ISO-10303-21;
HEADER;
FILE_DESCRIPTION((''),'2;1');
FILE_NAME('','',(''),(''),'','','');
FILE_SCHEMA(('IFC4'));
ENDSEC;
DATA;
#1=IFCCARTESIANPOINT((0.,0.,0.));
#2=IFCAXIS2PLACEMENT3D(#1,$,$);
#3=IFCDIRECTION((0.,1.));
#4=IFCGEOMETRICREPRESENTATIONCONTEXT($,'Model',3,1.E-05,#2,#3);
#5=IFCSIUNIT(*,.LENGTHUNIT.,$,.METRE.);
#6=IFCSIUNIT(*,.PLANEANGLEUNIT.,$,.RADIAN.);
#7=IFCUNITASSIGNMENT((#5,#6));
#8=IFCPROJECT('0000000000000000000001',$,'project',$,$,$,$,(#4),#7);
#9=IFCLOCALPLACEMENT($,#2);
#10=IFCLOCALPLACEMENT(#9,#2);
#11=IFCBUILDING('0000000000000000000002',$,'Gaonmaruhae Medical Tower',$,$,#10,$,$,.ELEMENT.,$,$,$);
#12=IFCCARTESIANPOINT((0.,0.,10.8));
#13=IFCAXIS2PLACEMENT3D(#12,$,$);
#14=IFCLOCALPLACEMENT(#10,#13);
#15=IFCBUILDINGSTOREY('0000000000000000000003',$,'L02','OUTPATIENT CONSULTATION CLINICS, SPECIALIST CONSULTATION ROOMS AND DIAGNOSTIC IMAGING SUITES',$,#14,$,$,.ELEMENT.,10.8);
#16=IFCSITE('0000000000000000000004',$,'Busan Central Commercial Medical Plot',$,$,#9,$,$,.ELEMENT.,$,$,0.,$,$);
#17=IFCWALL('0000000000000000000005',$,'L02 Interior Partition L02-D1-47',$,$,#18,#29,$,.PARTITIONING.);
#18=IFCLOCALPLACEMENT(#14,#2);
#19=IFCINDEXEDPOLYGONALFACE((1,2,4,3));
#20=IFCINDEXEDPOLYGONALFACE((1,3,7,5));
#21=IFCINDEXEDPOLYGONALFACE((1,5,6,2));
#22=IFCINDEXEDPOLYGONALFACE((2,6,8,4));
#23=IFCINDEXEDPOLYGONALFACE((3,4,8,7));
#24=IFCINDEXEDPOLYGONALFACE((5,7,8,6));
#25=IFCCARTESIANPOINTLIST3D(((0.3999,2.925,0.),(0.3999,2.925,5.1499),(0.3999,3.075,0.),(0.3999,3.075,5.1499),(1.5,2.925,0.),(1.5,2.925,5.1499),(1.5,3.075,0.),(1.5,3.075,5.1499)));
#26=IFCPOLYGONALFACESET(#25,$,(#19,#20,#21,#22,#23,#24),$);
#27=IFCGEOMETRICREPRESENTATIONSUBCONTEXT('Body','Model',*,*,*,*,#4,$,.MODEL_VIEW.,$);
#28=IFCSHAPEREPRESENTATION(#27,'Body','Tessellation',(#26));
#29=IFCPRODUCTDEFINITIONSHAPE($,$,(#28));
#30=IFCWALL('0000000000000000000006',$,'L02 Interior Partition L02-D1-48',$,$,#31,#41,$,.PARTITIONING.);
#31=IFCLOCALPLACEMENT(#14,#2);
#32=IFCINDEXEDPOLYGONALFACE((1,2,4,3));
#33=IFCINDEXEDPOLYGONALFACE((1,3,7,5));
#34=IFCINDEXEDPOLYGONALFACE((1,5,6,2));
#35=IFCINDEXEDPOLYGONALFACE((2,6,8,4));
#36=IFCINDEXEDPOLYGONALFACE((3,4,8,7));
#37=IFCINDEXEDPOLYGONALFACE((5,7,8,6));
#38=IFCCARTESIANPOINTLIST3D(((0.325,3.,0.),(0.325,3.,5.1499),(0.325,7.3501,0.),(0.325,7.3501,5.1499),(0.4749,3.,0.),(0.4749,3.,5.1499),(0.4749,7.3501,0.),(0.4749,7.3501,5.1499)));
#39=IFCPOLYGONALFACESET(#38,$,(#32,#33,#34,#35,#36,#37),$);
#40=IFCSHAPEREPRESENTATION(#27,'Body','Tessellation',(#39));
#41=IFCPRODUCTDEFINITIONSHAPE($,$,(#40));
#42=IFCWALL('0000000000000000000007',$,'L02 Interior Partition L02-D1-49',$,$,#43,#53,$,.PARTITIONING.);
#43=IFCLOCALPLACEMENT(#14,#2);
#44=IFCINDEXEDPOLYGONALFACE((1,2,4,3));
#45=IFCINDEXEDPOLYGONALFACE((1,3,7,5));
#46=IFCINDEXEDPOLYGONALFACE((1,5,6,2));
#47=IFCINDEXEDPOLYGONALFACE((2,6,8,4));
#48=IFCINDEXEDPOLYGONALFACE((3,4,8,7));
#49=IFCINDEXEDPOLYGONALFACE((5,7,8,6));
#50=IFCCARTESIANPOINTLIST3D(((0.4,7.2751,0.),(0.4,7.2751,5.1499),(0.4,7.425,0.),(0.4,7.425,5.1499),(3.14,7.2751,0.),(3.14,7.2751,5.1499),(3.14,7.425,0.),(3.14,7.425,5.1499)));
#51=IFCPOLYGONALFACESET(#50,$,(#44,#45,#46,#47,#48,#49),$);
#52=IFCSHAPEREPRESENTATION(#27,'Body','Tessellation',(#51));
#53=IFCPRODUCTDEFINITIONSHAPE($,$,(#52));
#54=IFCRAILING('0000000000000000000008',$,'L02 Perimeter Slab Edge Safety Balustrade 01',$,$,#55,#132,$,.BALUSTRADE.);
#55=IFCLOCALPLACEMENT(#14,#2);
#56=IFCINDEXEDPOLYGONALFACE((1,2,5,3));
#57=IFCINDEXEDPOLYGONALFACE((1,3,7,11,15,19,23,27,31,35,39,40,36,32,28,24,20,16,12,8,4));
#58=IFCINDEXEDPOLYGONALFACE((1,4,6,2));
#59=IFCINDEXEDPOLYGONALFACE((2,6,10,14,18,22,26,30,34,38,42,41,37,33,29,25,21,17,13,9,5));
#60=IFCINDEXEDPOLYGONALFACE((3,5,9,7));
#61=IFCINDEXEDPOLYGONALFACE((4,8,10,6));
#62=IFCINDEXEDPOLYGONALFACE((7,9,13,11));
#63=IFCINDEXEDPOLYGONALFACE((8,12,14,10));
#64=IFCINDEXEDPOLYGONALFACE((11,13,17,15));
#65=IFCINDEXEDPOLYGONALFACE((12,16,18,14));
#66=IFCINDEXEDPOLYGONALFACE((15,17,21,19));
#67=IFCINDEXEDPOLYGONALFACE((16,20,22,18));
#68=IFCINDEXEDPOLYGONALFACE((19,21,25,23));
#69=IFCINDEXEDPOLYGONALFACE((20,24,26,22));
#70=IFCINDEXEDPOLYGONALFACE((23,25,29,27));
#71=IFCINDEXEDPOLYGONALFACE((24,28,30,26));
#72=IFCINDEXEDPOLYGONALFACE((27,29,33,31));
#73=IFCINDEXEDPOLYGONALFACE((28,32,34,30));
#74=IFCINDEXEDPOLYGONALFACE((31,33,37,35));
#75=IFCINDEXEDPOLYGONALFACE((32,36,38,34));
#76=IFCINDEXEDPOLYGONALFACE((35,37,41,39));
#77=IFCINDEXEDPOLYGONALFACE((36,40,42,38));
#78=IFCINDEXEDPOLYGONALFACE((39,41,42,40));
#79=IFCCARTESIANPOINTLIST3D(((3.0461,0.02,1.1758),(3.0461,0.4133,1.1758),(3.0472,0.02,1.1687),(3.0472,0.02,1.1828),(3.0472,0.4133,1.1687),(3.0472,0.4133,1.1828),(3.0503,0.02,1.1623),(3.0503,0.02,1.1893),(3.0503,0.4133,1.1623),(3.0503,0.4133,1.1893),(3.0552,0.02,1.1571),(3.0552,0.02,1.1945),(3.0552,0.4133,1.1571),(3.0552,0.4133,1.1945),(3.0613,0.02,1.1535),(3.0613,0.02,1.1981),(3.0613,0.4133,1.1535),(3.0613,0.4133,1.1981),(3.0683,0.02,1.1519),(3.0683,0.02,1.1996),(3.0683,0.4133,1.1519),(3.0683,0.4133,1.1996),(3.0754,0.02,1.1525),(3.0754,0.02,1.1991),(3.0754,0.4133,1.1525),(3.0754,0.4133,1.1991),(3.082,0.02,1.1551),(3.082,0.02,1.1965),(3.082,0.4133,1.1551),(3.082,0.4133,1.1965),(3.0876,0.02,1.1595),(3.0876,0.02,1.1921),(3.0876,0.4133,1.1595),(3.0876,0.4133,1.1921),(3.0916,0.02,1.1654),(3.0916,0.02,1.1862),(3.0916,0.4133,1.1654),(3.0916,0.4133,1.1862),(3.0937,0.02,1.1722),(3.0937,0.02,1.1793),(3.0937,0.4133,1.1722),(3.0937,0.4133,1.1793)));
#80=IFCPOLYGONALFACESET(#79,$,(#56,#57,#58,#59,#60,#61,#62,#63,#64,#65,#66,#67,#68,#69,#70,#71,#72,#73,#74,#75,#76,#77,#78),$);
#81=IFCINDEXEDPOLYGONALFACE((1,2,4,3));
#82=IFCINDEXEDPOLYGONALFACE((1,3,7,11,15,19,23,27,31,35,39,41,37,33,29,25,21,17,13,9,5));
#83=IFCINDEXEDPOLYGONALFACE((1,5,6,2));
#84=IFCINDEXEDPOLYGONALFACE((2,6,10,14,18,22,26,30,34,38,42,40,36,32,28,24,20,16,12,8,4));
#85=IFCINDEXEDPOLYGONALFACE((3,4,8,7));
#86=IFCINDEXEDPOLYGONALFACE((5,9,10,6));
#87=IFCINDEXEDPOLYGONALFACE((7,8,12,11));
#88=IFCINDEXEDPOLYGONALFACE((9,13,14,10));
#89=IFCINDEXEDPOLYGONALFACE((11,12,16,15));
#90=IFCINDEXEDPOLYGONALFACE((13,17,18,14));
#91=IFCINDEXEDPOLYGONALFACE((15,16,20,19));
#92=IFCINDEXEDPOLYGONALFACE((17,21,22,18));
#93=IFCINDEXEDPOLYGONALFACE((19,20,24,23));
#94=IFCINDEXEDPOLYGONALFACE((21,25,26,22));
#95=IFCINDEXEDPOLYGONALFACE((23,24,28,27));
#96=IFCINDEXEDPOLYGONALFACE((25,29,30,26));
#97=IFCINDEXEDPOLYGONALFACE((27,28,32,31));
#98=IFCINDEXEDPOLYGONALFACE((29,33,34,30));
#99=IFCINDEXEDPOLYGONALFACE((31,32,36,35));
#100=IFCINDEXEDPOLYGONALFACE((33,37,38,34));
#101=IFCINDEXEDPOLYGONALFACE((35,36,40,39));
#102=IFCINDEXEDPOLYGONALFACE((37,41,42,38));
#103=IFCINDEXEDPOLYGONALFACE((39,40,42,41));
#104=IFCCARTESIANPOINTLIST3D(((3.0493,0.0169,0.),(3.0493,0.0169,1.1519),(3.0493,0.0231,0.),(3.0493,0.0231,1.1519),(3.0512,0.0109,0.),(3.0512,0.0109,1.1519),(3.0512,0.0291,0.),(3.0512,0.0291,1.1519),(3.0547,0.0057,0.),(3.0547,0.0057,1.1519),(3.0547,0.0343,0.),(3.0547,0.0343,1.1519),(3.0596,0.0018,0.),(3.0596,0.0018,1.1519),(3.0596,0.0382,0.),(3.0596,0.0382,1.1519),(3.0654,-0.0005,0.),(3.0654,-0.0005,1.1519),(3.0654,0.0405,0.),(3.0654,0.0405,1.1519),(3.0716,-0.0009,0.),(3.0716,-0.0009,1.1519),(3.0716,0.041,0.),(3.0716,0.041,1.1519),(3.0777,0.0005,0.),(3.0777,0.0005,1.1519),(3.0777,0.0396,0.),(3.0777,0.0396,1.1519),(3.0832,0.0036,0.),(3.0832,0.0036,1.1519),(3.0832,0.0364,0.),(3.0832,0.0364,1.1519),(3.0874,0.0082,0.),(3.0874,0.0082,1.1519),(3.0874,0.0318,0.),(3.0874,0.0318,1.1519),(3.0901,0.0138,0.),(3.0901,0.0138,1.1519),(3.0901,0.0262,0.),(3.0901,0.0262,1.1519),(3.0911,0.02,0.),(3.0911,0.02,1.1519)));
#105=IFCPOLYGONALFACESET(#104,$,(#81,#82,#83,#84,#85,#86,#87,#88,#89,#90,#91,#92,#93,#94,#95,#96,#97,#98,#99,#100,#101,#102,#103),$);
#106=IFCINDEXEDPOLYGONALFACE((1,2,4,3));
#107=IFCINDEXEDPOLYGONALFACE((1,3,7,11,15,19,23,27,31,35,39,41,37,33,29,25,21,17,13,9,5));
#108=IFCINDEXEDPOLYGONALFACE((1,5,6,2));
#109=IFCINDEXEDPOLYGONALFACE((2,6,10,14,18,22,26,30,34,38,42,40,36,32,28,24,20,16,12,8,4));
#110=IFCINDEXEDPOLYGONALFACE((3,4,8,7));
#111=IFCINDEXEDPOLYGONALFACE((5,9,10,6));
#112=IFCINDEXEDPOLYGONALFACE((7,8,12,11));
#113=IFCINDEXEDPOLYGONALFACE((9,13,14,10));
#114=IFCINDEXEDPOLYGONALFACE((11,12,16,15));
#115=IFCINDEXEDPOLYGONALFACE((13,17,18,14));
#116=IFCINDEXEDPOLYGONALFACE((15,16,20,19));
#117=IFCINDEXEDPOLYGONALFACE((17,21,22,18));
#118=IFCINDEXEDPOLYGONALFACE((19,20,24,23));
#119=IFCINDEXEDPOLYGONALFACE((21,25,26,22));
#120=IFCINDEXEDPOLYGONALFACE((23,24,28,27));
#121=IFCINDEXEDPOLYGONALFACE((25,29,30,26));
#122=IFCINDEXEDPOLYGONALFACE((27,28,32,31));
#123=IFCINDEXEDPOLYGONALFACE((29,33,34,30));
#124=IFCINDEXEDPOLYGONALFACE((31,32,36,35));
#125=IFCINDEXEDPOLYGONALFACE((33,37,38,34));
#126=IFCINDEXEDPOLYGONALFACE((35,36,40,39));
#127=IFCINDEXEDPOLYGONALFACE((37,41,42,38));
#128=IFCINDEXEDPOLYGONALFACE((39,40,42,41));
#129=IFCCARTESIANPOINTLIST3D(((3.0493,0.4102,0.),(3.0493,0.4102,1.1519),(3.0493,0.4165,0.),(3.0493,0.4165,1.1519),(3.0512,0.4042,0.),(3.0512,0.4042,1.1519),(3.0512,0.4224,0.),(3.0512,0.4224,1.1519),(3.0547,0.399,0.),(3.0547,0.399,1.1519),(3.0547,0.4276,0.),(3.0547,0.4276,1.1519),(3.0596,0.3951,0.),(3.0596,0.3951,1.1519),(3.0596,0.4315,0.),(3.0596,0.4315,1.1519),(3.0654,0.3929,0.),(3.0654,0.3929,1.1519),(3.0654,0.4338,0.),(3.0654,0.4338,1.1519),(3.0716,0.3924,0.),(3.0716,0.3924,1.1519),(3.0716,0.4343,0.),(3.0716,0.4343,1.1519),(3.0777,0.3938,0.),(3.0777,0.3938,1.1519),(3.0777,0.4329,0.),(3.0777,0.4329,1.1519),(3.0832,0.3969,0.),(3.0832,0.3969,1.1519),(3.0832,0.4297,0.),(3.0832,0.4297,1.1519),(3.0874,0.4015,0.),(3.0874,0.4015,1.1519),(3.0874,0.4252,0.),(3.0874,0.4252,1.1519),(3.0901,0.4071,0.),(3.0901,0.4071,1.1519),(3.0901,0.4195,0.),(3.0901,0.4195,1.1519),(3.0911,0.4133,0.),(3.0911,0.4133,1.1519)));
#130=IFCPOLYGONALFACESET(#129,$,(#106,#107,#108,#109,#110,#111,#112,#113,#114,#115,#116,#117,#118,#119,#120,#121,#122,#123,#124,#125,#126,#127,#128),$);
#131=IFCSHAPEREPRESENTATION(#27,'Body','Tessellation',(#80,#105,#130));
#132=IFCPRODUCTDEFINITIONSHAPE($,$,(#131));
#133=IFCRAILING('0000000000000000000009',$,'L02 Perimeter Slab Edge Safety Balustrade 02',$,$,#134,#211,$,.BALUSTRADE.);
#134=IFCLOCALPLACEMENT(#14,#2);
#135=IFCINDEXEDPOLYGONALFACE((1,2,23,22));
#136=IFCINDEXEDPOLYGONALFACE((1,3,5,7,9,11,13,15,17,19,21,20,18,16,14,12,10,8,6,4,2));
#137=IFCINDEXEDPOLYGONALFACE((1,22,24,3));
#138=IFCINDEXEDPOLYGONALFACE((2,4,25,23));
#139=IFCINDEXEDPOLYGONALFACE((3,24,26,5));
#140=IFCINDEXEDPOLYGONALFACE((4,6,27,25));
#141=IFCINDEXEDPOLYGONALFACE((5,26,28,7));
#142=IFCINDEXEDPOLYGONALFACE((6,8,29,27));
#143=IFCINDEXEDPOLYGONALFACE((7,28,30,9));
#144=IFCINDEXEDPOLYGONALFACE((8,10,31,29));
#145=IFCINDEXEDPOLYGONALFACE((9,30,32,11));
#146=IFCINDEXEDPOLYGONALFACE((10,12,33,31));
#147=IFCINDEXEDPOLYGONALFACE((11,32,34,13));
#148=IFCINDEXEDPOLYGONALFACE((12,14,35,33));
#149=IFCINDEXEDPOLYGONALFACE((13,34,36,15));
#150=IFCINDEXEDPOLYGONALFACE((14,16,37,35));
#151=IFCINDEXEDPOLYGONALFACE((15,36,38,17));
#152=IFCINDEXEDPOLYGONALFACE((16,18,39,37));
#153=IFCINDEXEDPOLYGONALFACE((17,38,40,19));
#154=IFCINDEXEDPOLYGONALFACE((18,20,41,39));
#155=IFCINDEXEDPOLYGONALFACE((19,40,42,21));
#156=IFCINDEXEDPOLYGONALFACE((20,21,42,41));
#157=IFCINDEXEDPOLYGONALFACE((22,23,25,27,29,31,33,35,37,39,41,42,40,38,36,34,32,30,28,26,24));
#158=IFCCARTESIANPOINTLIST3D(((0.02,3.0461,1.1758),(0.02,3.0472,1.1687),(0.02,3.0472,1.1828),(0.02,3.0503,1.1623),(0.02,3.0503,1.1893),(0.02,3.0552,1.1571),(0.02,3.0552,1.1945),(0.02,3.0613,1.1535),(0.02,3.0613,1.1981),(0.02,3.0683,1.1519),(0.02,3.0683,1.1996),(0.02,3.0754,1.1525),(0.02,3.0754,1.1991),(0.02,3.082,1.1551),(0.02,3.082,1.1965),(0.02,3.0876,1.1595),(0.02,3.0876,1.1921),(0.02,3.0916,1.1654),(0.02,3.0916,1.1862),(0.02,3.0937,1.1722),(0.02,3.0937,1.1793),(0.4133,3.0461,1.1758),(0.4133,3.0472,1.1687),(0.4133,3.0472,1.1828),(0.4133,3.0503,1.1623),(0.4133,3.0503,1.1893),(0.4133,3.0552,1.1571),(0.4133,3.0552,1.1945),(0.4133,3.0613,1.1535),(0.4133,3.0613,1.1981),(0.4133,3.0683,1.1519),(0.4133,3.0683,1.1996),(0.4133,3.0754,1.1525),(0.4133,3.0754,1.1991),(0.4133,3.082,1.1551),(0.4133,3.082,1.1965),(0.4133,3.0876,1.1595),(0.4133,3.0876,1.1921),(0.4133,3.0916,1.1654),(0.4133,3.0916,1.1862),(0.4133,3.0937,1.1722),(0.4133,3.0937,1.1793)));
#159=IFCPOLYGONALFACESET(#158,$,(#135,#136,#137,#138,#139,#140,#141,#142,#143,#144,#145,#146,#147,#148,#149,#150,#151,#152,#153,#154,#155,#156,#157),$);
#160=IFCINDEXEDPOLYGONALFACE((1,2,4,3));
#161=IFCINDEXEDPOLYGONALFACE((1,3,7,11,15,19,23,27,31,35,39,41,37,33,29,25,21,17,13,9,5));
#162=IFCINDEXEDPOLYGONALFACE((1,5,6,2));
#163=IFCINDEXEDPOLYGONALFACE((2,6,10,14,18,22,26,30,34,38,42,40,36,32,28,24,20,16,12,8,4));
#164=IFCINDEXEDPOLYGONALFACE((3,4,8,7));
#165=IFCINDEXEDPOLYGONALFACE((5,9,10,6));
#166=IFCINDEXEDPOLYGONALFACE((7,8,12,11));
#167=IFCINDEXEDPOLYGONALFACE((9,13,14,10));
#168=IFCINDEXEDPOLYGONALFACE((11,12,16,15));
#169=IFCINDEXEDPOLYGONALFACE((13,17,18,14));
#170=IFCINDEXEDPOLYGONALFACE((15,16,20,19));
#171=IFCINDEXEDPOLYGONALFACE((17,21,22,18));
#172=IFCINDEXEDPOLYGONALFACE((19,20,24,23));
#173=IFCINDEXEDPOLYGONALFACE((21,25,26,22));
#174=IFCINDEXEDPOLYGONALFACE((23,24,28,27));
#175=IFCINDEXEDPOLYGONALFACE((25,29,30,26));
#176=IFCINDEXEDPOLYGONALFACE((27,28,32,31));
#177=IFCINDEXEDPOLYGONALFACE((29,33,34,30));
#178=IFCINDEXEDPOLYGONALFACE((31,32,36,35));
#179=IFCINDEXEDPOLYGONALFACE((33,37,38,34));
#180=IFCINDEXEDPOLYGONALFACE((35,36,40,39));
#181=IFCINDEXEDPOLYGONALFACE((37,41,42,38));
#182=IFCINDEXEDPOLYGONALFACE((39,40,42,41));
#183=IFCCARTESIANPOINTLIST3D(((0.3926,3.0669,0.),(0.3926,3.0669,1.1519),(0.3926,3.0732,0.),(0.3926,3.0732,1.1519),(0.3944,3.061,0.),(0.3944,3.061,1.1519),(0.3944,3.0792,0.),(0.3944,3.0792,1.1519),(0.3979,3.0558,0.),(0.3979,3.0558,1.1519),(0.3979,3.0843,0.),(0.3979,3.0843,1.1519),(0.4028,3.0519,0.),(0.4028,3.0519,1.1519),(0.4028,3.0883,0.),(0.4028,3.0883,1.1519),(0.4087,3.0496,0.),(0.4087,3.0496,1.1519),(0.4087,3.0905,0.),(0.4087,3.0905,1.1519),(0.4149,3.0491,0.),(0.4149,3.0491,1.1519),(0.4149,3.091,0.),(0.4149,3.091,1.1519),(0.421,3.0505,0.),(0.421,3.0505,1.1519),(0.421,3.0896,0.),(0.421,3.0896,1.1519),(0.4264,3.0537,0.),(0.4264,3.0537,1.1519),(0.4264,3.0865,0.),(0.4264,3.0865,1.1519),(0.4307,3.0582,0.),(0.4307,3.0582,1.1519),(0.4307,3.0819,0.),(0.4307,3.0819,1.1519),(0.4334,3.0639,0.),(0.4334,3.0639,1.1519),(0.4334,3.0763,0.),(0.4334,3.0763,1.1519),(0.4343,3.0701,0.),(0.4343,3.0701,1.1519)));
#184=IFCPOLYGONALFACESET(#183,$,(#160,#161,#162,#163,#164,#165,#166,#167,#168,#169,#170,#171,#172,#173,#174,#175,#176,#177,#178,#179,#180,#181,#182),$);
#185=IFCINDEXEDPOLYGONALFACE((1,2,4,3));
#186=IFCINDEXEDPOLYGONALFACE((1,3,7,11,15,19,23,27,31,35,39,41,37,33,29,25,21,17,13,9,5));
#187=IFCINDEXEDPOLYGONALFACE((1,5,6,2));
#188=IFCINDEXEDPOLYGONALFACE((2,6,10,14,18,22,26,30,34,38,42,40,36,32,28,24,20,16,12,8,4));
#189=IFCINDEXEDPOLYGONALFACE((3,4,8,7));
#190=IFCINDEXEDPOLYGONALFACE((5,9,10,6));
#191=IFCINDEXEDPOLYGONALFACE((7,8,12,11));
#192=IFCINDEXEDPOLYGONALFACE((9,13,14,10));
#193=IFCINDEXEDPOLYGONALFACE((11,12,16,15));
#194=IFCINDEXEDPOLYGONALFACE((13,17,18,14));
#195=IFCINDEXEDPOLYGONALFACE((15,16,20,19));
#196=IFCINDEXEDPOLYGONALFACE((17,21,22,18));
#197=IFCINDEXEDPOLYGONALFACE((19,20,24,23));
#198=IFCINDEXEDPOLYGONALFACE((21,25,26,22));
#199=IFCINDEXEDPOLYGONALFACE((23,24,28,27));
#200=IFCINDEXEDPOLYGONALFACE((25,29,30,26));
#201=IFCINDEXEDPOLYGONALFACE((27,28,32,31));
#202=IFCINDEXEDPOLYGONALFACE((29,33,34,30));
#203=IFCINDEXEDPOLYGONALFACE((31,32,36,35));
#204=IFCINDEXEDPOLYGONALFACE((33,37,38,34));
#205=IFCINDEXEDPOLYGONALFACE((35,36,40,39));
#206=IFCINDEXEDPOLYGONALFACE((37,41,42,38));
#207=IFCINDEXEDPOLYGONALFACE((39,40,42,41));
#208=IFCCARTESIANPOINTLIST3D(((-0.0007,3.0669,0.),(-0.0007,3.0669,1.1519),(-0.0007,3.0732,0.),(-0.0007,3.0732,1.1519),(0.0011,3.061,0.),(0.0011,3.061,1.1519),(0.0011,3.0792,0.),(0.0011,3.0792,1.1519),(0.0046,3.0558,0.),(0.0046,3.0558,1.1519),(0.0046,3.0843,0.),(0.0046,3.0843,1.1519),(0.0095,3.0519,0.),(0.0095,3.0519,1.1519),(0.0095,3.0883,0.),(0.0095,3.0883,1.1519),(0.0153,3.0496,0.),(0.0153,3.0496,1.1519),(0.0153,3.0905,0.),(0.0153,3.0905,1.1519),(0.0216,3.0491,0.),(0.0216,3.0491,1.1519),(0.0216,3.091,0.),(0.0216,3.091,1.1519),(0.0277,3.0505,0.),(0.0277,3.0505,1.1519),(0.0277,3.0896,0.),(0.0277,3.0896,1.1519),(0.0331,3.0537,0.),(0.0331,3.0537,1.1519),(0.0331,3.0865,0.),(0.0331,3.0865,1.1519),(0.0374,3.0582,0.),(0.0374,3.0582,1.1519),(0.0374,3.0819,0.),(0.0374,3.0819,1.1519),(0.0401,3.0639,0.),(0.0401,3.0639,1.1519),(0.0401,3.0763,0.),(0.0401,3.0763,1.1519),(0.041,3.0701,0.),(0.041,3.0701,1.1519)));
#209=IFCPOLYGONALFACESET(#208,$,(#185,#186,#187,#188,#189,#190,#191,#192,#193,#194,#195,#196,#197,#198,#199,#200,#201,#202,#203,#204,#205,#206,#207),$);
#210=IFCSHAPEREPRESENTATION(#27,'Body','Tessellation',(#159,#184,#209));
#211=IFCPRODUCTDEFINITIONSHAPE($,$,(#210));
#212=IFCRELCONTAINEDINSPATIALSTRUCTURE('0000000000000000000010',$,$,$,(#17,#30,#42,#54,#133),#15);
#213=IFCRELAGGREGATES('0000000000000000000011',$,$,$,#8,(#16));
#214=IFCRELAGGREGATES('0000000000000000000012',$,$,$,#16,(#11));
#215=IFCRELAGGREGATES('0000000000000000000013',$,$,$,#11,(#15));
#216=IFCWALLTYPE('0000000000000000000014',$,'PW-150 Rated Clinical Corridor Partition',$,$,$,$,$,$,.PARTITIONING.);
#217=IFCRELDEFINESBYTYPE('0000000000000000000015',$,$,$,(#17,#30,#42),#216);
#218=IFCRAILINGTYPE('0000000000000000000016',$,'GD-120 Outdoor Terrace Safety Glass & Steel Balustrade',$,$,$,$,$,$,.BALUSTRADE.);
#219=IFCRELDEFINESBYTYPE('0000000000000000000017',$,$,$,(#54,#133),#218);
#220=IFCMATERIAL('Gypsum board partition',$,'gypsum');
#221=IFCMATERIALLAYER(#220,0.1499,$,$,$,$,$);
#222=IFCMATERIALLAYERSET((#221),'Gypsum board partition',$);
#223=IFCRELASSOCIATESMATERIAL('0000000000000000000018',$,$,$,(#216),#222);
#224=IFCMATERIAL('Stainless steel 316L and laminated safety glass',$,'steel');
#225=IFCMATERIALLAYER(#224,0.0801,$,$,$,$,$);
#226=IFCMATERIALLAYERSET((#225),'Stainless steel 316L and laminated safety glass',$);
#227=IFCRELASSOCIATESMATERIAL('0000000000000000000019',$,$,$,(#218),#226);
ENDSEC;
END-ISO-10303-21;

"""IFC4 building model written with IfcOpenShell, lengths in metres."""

from ifc_helpers import new_model, si_unit, direction, frame, frame_2d, origin, origin_2d, place, context, subcontext, project, spatial, rectangle, circle, extrude, material, layer, layer_set, type_object, element, save


model = new_model("IFC4")

# Units and contexts
model_context = context("Model", 3, precision=1e-05, world=origin(), true_north=direction((0.0, 1.0)))
body_context = subcontext(model_context, "Body", "Model", "MODEL_VIEW")
ifc_project = project(units=[si_unit("LENGTHUNIT", "METRE"), si_unit("PLANEANGLEUNIT", "RADIAN")], contexts=[model_context])

# Site, building, storey
site_placement = place(None, origin())
site = spatial("IfcSite", under=ifc_project, at=site_placement, Name="Busan Central Commercial Medical Plot", CompositionType="ELEMENT", RefElevation=0.0)
building_placement = place(site_placement, origin())
building = spatial("IfcBuilding", under=site, at=building_placement, Name="Gaonmaruhae Medical Tower", CompositionType="ELEMENT")
storey_placement = place(building_placement, frame((0.0, 0.0, 10.8)))
storey = spatial("IfcBuildingStorey", under=building, at=storey_placement, Name="L02", Description="OUTPATIENT CONSULTATION CLINICS, SPECIALIST CONSULTATION ROOMS AND DIAGNOSTIC IMAGING SUITES", CompositionType="ELEMENT", Elevation=10.8)

# Shared definitions
ifc_material_1 = material(Name="Gypsum board partition", Category="gypsum")
ifc_layer_1 = layer(ifc_material_1, 0.1499)
ifc_layer_set_1 = layer_set([ifc_layer_1], Name="Gypsum board partition")
wall_type_1 = type_object("IfcWallType", Name="PW-150 Rated Clinical Corridor Partition", PredefinedType="PARTITIONING", material=ifc_layer_set_1)

# Walls
wall_1_placement = place(storey_placement, frame((1.5, 3.0, 0.0), z_axis=(0.0, 0.0, 1.0), x_axis=(-1.0, 0.0, 0.0)))
element("IfcWall", 1, at=wall_1_placement, inside=storey, type_object=wall_type_1, Name="L02 Interior Partition L02-D1-47", PredefinedType="PARTITIONING", context=body_context, shape_type="SweptSolid", body=[
    extrude(rectangle(XDim=1.1001, YDim=0.1499, at=frame_2d((0.55, 0.0))), origin(), (0.0, 0.0, 1.0), 5.1499),
])
wall_2_placement = place(storey_placement, frame((0.3999, 3.0, 0.0), z_axis=(0.0, 0.0, 1.0), x_axis=(0.0, 1.0, 0.0)))
element("IfcWall", 2, at=wall_2_placement, inside=storey, type_object=wall_type_1, Name="L02 Interior Partition L02-D1-48", PredefinedType="PARTITIONING", context=body_context, shape_type="SweptSolid", body=[
    extrude(rectangle(XDim=4.3501, YDim=0.1499, at=frame_2d((2.175, 0.0))), origin(), (0.0, 0.0, 1.0), 5.1499),
])
wall_3_placement = place(storey_placement, frame((0.3999, 7.3501, 0.0), z_axis=(0.0, 0.0, 1.0), x_axis=(1.0, 0.0, 0.0)))
element("IfcWall", 3, at=wall_3_placement, inside=storey, type_object=wall_type_1, Name="L02 Interior Partition L02-D1-49", PredefinedType="PARTITIONING", context=body_context, shape_type="SweptSolid", body=[
    extrude(rectangle(XDim=2.74, YDim=0.1499, at=frame_2d((1.3701, 0.0))), origin(), (0.0, 0.0, 1.0), 5.1499),
])

# Railings
ifc_material_2 = material(Name="Stainless steel 316L and laminated safety glass", Category="steel")
ifc_layer_2 = layer(ifc_material_2, 0.0801)
ifc_layer_set_2 = layer_set([ifc_layer_2], Name="Stainless steel 316L and laminated safety glass")
railing_type = type_object("IfcRailingType", Name="GD-120 Outdoor Terrace Safety Glass & Steel Balustrade", PredefinedType="BALUSTRADE", material=ifc_layer_set_2)
railing_1_placement = place(storey_placement, frame((3.0701, 0.02, 0.0)))
element("IfcRailing", 4, at=railing_1_placement, inside=storey, type_object=railing_type, Name="L02 Perimeter Slab Edge Safety Balustrade 01", PredefinedType="BALUSTRADE", context=body_context, shape_type="SweptSolid", body=[
    extrude(circle(Radius=0.0239, at=origin_2d()), frame((0.0, 0.0, 1.1758), z_axis=(0.0, 1.0, 0.0), x_axis=(-1.0, 0.0, 0.0)), (0.0, 0.0, 1.0), 0.3933),
    extrude(circle(Radius=0.021, at=origin_2d()), origin(), (0.0, 0.0, 1.0), 1.1519),
    extrude(circle(Radius=0.021, at=origin_2d()), frame((0.0, 0.3933, 0.0)), (0.0, 0.0, 1.0), 1.1519),
])
railing_2_placement = place(storey_placement, frame((0.4133, 3.0701, 0.0)))
element("IfcRailing", 5, at=railing_2_placement, inside=storey, type_object=railing_type, Name="L02 Perimeter Slab Edge Safety Balustrade 02", PredefinedType="BALUSTRADE", context=body_context, shape_type="SweptSolid", body=[
    extrude(circle(Radius=0.0239, at=origin_2d()), frame((0.0, 0.0, 1.1758), z_axis=(-1.0, 0.0, 0.0), x_axis=(0.0, -1.0, 0.0)), (0.0, 0.0, 1.0), 0.3933),
    extrude(circle(Radius=0.021, at=origin_2d()), origin(), (0.0, 0.0, 1.0), 1.1519),
    extrude(circle(Radius=0.021, at=origin_2d()), frame((-0.3933, 0.0, 0.0)), (0.0, 0.0, 1.0), 1.1519),
])

save(model, "model.ifc")
